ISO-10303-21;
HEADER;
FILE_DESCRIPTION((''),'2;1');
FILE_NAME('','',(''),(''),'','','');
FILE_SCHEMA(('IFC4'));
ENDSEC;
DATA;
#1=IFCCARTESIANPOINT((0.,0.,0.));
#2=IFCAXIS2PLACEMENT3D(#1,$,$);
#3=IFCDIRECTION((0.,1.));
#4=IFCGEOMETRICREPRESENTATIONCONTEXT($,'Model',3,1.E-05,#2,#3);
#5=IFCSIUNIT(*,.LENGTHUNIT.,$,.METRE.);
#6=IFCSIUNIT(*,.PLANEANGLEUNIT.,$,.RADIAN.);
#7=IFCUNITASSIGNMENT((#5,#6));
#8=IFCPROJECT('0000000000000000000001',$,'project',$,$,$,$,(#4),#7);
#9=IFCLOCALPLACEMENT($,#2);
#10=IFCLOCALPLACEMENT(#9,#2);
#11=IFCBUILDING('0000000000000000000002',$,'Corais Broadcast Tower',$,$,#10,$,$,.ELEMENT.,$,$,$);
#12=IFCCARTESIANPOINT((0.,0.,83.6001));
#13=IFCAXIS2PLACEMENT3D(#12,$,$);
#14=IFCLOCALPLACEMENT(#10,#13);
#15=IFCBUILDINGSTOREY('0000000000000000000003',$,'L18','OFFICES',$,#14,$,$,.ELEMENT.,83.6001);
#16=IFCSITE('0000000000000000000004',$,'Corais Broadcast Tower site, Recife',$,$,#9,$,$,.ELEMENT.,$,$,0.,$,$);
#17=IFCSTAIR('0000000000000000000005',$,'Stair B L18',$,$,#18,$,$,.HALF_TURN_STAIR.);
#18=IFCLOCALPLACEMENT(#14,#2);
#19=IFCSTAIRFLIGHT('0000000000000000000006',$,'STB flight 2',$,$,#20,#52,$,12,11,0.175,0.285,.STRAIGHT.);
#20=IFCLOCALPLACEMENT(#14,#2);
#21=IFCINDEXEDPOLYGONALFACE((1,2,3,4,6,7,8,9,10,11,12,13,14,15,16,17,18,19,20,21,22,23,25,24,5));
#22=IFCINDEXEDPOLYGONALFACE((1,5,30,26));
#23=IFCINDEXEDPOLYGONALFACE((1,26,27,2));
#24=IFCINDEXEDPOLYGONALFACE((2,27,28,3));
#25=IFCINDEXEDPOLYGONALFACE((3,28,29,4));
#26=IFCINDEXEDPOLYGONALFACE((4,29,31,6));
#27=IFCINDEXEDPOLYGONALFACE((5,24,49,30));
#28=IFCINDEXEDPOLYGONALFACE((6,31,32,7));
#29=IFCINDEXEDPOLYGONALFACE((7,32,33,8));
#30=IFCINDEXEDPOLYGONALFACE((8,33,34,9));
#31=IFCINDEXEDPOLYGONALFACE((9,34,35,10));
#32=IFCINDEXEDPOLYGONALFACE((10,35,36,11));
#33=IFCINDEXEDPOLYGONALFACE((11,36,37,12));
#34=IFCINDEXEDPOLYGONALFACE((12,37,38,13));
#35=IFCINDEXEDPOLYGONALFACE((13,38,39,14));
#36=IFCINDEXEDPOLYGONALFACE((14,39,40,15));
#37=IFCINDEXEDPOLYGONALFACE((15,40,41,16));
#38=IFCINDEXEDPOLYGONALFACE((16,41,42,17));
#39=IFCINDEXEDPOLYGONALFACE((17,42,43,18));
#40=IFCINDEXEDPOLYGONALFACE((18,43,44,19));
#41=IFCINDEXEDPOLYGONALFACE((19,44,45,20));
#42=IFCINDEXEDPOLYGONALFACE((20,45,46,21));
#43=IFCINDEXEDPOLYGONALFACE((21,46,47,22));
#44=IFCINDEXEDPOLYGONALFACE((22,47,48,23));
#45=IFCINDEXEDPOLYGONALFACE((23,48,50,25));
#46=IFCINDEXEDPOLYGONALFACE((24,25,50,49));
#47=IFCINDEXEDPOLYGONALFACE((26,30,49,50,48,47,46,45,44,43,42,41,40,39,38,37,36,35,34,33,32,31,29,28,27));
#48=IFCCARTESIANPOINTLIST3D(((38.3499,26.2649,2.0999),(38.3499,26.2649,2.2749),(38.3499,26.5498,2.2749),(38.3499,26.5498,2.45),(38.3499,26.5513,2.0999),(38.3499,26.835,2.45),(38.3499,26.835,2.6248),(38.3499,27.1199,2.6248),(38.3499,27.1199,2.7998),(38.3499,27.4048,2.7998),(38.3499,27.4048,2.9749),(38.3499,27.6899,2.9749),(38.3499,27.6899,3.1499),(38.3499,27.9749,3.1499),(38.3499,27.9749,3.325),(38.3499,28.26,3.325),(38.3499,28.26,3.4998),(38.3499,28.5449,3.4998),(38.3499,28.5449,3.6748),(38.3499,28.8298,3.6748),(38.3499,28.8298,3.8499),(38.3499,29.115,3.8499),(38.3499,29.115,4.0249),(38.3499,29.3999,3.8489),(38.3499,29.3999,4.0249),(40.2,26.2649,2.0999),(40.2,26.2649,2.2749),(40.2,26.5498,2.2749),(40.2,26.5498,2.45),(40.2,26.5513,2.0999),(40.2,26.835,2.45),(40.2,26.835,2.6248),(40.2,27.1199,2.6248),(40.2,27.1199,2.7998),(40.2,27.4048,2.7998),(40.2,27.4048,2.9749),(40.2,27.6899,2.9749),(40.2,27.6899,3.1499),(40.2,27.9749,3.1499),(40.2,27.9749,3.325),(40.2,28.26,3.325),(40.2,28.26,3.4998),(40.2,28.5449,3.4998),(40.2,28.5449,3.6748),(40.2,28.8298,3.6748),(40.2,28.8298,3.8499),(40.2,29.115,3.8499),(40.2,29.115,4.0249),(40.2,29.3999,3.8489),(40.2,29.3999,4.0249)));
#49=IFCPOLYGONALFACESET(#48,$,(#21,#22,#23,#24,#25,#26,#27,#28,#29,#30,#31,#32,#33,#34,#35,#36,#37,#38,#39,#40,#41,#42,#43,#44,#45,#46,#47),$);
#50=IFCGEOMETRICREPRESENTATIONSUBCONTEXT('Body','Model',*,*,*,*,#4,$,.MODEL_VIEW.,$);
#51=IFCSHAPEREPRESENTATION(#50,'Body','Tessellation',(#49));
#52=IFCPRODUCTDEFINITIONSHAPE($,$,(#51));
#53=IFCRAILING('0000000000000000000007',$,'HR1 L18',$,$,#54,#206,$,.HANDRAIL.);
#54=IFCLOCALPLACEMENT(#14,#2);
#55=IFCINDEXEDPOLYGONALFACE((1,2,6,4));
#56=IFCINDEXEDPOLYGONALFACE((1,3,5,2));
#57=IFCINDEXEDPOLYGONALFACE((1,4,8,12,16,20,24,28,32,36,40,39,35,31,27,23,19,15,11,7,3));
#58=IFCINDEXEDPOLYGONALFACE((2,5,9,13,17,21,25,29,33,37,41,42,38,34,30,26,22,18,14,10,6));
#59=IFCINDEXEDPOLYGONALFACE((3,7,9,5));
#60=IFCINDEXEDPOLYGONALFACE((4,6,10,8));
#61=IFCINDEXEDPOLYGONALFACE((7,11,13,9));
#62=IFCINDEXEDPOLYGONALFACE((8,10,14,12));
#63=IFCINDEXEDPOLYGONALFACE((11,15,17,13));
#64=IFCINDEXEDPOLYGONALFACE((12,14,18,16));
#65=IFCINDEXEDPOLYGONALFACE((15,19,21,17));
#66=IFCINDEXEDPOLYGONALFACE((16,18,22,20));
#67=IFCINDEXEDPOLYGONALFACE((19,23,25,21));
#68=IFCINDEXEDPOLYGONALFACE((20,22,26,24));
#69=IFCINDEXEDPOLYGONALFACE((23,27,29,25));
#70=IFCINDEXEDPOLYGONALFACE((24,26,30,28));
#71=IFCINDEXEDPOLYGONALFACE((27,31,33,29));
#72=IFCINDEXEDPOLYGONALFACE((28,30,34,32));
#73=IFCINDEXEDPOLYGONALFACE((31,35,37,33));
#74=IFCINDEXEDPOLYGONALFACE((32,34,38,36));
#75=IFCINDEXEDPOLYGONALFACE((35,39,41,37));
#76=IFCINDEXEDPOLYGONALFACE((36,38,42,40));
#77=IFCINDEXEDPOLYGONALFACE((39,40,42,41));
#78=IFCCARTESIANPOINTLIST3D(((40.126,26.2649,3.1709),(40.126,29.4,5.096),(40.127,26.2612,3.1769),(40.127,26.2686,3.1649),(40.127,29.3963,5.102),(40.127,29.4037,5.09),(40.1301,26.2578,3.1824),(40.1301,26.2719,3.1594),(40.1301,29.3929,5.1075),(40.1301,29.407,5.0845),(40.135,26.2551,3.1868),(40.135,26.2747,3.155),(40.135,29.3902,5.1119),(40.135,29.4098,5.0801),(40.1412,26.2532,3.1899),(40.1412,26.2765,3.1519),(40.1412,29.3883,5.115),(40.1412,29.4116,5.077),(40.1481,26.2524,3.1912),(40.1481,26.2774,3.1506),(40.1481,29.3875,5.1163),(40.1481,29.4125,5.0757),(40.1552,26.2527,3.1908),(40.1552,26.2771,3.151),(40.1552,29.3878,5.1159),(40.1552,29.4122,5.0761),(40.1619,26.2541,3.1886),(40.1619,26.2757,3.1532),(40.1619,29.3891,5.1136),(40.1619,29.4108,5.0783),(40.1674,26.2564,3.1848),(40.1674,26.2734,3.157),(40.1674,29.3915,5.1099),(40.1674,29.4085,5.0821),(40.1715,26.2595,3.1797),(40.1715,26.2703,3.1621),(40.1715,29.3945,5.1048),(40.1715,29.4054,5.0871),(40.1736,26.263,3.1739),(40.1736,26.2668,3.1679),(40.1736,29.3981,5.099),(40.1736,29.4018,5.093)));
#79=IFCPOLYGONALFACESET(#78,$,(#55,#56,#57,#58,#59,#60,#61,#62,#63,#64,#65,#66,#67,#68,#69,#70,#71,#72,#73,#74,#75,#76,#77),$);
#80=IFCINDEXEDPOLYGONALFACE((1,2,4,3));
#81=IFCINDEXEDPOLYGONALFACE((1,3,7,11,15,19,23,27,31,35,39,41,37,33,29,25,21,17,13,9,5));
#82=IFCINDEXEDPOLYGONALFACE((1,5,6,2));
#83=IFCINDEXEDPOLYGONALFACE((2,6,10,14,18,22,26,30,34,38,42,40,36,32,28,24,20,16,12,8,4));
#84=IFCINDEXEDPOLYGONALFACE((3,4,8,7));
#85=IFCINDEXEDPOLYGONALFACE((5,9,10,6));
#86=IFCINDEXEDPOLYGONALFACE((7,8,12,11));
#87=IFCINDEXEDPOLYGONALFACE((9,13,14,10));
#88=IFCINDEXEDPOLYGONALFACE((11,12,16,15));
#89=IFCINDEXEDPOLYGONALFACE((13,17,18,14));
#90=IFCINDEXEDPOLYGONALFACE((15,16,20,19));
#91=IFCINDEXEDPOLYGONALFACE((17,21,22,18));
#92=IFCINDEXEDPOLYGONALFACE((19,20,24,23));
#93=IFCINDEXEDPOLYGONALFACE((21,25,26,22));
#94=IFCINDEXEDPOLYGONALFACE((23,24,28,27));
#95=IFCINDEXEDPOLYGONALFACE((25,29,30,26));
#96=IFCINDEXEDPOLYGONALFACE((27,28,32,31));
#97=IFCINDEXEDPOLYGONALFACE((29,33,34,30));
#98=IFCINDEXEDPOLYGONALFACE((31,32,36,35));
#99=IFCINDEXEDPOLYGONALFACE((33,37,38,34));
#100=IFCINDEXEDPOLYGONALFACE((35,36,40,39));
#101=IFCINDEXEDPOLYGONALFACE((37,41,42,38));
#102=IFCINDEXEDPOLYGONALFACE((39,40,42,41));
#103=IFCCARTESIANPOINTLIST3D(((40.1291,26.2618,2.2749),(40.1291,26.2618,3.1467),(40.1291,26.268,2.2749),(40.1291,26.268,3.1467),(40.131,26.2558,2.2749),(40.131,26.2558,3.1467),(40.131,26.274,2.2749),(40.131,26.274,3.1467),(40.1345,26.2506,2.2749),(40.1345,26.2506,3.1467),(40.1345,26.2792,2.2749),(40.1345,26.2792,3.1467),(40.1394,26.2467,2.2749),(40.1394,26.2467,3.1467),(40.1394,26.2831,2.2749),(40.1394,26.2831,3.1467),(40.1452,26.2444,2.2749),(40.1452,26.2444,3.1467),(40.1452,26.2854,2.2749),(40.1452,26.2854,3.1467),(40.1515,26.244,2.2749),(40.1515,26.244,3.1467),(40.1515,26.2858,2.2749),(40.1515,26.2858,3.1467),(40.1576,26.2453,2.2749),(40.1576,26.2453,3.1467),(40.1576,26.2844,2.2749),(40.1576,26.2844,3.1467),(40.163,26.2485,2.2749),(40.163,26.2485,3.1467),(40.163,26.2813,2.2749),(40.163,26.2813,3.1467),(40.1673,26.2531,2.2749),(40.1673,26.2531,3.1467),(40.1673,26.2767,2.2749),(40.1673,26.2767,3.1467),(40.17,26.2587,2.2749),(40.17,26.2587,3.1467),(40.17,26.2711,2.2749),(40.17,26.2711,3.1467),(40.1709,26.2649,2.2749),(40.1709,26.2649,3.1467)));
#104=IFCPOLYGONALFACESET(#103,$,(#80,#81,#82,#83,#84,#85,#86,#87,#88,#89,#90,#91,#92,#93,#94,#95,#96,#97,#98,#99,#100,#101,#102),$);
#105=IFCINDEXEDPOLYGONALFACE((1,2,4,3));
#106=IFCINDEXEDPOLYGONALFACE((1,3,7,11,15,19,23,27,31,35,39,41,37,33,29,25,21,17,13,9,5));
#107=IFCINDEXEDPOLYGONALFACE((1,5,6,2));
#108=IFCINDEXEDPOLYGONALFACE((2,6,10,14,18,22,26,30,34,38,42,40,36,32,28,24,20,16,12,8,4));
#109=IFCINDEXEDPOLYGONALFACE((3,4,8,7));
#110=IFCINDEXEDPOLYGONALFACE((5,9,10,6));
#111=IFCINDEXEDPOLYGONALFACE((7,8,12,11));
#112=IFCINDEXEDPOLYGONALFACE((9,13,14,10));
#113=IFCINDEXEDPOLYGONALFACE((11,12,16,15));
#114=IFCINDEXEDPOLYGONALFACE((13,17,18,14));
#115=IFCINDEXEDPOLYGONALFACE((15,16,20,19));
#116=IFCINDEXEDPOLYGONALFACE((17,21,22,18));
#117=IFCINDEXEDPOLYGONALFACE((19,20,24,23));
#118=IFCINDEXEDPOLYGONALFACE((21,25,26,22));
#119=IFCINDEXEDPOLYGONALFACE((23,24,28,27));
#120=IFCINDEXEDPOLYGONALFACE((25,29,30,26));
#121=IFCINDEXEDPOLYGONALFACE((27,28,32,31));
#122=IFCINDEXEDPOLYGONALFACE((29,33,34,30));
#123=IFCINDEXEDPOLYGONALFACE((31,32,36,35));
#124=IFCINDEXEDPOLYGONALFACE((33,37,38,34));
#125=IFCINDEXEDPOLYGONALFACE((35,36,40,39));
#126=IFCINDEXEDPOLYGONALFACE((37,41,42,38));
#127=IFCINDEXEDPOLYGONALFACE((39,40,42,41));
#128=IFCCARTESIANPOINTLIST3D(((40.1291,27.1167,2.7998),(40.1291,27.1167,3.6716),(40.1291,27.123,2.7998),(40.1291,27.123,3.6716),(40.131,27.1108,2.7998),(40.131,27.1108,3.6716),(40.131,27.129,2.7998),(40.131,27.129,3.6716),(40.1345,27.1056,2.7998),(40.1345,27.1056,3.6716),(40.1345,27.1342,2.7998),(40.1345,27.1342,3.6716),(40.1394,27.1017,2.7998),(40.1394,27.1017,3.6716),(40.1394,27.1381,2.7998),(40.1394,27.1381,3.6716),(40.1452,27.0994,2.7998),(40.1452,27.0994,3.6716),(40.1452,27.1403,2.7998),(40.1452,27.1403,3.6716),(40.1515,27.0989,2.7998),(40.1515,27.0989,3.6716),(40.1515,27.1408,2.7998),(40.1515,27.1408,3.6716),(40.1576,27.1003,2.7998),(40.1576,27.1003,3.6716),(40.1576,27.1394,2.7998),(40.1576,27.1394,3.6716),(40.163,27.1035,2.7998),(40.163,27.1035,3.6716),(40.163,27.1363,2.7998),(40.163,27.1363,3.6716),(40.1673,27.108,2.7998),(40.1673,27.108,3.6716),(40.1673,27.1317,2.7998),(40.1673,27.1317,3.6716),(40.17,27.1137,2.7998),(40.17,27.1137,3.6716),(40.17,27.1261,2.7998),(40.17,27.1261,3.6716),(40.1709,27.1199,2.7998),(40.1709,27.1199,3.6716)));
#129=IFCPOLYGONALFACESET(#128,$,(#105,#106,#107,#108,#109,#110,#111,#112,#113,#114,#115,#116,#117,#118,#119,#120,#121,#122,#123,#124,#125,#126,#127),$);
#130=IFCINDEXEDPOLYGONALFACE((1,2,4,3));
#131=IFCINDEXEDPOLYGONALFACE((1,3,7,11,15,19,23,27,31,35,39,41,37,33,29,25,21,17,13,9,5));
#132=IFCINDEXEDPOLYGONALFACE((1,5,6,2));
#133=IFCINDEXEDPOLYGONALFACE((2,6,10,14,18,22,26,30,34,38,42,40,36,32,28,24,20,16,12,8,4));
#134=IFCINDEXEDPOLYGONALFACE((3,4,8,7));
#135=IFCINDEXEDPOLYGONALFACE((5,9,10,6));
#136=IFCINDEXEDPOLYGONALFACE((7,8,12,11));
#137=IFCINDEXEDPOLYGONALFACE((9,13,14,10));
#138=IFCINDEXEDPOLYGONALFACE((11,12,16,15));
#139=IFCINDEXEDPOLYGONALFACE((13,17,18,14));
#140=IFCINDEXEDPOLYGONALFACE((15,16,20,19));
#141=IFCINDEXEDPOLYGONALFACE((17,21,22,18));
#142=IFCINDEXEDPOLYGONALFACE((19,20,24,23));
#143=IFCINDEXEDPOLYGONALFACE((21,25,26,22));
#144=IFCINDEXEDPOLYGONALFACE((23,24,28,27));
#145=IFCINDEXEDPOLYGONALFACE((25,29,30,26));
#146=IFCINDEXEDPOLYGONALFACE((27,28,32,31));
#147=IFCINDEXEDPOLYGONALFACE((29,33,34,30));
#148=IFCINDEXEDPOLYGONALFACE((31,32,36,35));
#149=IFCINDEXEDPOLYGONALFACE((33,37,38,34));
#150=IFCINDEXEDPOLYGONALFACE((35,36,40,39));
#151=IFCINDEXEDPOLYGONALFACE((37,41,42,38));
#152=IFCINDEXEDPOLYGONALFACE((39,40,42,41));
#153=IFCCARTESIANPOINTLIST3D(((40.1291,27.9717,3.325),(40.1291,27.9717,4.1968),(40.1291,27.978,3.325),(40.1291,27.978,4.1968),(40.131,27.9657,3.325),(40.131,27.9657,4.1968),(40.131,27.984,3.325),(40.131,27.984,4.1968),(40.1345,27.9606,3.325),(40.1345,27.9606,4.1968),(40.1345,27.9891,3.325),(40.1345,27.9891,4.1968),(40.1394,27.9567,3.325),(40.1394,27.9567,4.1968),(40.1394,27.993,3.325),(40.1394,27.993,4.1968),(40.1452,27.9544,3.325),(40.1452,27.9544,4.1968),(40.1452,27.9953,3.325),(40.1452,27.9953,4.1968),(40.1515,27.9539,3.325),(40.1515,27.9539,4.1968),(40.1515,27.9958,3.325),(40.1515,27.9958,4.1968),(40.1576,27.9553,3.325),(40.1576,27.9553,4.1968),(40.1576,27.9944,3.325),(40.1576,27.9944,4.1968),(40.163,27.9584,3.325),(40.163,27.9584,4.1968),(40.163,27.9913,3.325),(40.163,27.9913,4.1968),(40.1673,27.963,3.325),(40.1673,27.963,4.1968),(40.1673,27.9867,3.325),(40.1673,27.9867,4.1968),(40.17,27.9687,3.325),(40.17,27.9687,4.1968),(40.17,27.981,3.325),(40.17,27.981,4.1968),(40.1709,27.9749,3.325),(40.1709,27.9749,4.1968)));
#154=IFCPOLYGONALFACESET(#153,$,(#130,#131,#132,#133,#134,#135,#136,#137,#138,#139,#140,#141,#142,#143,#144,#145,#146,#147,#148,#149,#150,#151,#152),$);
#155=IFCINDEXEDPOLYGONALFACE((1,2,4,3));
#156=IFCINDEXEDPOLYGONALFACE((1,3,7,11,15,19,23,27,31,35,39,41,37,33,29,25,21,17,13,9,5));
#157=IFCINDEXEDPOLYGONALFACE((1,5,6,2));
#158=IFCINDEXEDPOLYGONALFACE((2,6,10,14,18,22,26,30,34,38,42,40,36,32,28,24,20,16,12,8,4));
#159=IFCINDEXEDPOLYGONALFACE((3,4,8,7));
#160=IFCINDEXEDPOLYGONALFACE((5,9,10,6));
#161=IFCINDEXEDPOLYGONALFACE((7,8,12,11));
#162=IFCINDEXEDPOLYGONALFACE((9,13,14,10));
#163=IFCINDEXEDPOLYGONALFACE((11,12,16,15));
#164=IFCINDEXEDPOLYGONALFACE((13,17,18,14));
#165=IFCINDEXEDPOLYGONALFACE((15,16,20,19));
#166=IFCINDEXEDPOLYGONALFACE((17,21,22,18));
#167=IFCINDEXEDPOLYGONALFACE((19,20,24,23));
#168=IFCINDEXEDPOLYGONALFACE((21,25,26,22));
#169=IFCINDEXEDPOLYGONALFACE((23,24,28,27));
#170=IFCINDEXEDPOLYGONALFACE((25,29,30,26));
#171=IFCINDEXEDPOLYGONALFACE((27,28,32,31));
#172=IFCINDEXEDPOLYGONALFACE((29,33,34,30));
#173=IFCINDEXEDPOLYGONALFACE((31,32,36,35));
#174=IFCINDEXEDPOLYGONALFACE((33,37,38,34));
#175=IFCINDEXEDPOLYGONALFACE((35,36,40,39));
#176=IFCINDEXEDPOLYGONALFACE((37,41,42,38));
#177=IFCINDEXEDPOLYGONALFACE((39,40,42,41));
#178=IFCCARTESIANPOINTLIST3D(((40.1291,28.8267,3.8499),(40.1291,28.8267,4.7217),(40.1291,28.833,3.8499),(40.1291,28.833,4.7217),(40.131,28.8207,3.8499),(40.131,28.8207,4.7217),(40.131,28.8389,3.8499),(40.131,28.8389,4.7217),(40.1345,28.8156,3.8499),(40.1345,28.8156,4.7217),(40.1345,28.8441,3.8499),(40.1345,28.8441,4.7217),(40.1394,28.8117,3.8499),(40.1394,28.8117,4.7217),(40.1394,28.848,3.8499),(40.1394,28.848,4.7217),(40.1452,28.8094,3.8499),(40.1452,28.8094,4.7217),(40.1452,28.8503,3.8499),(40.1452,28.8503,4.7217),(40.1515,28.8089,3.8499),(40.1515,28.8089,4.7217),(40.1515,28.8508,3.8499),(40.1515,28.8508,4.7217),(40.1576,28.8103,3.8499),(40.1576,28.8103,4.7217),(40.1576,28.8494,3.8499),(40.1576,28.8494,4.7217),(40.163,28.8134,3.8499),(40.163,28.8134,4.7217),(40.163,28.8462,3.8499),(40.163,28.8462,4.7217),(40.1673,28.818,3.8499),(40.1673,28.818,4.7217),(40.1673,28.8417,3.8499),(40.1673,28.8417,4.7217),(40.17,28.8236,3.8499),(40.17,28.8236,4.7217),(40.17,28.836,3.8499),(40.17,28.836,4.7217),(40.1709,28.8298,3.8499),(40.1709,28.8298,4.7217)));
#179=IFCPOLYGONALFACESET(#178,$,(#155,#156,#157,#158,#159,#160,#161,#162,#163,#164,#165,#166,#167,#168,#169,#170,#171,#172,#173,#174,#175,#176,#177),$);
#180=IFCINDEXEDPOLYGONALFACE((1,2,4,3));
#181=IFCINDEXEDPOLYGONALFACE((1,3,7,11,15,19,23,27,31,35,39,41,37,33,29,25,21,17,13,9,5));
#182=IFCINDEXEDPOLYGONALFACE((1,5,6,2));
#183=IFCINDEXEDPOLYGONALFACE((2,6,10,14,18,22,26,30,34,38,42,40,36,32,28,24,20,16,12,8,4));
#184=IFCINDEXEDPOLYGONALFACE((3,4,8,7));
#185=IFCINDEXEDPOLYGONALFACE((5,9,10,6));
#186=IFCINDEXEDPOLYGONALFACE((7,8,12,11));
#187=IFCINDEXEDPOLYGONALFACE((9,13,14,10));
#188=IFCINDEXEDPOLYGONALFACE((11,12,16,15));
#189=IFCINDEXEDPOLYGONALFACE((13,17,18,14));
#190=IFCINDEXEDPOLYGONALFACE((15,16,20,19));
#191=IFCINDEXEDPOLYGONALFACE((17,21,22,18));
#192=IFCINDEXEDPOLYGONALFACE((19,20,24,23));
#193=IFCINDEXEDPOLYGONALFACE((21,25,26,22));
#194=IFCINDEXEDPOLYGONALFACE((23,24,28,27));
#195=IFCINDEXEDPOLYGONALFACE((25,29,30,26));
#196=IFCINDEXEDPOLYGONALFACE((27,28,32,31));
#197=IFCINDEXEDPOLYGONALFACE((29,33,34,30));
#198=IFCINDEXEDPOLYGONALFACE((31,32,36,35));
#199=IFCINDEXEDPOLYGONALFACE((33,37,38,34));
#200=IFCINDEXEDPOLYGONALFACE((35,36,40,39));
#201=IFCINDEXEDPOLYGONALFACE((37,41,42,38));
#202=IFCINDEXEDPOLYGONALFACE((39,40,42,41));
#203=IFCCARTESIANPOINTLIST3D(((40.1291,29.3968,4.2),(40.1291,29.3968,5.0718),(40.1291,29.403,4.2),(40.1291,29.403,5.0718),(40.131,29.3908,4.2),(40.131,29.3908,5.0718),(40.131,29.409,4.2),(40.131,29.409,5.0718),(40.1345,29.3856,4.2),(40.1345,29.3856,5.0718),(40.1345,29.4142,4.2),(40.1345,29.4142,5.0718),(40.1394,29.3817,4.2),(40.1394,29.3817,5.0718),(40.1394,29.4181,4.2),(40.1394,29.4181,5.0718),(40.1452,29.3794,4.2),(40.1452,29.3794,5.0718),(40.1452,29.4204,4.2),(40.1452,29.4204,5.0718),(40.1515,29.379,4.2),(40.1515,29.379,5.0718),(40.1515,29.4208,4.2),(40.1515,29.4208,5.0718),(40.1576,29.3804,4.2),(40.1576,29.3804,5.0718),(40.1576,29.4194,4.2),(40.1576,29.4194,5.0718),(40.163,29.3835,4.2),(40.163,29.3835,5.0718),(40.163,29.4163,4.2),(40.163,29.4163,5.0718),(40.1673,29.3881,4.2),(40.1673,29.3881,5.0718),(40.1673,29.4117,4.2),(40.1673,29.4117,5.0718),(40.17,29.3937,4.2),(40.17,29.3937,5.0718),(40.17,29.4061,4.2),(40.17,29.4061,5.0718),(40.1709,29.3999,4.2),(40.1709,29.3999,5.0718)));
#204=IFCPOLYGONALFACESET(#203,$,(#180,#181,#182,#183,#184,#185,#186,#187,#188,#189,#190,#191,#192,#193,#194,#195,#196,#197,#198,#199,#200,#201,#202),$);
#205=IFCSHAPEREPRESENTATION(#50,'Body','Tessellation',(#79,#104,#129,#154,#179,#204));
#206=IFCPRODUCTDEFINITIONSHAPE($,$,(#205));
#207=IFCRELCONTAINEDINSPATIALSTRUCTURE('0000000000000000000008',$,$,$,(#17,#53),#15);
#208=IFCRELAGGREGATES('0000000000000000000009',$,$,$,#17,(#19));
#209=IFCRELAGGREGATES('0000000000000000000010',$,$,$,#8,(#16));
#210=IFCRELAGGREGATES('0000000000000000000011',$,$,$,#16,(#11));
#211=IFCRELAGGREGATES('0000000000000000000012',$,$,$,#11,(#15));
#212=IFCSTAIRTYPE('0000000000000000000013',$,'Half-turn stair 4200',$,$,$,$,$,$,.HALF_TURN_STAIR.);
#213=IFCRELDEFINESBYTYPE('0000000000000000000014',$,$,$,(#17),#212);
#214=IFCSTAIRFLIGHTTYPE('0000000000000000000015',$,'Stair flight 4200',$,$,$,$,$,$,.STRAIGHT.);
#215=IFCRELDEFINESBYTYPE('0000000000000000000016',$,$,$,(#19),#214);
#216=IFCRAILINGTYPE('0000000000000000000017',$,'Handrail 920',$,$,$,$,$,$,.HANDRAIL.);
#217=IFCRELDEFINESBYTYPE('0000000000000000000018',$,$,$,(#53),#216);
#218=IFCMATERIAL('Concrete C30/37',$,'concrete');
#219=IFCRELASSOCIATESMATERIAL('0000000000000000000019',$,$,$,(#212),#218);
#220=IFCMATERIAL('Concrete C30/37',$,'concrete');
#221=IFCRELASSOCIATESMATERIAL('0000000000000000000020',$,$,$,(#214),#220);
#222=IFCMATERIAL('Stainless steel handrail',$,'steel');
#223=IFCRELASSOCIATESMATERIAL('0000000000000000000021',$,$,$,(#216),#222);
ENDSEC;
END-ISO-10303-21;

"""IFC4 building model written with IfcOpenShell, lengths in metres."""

from ifc_helpers import new_model, si_unit, direction, frame, origin, origin_2d, place, context, subcontext, project, spatial, polyline, circle, outline, extrude, material, type_object, element, aggregate, save


model = new_model("IFC4")

# Units and contexts
model_context = context("Model", 3, precision=1e-05, world=origin(), true_north=direction((0.0, 1.0)))
body_context = subcontext(model_context, "Body", "Model", "MODEL_VIEW")
ifc_project = project(units=[si_unit("LENGTHUNIT", "METRE"), si_unit("PLANEANGLEUNIT", "RADIAN")], contexts=[model_context])

# Site, building, storey
site_placement = place(None, origin())
site = spatial("IfcSite", under=ifc_project, at=site_placement, Name="Corais Broadcast Tower site, Recife", CompositionType="ELEMENT", RefElevation=0.0)
building_placement = place(site_placement, origin())
building = spatial("IfcBuilding", under=site, at=building_placement, Name="Corais Broadcast Tower", CompositionType="ELEMENT")
storey_placement = place(building_placement, frame((0.0, 0.0, 83.6001)))
storey = spatial("IfcBuildingStorey", under=building, at=storey_placement, Name="L18", Description="OFFICES", CompositionType="ELEMENT", Elevation=83.6001)

# Stair, stair flight
ifc_material_1 = material(Name="Concrete C30/37", Category="concrete")
stair_type = type_object("IfcStairType", Name="Half-turn stair 4200", PredefinedType="HALF_TURN_STAIR", material=ifc_material_1)
stair_placement = place(storey_placement, origin())
stair = element("IfcStair", 1, at=stair_placement, inside=storey, type_object=stair_type, Name="Stair B L18", PredefinedType="HALF_TURN_STAIR")
ifc_material_2 = material(Name="Concrete C30/37", Category="concrete")
stair_flight_type = type_object("IfcStairFlightType", Name="Stair flight 4200", PredefinedType="STRAIGHT", material=ifc_material_2)
stair_flight_placement = place(storey_placement, frame((39.2749, 26.2649, 2.0999), z_axis=(0.0, 0.0, 1.0), x_axis=(0.0, 1.0, 0.0)))
stair_flight = element("IfcStairFlight", 2, at=stair_flight_placement, type_object=stair_flight_type, Name="STB flight 2", NumberOfRisers=12, NumberOfTreads=11, PredefinedType="STRAIGHT", RiserHeight=0.175, TreadLength=0.285, context=body_context, shape_type="SweptSolid", body=[
    extrude(outline(polyline([(0.0, 0.0), (0.0, 0.175), (0.2849, 0.175), (0.2849, 0.3501), (0.5701, 0.3501), (0.5701, 0.5249), (0.855, 0.5249), (0.855, 0.7), (1.1399, 0.7), (1.1399, 0.875), (1.425, 0.875), (1.425, 1.05), (1.71, 1.05), (1.71, 1.2251), (1.9951, 1.2251), (1.9951, 1.3999), (2.28, 1.3999), (2.28, 1.575), (2.5649, 1.575), (2.5649, 1.75), (2.8501, 1.75), (2.8501, 1.925), (3.135, 1.925), (3.135, 2.1001), (3.135, 1.749), (0.2864, 0.0), (0.0, 0.0)])), frame((0.0, 0.925, 0.0), z_axis=(0.0, -1.0, 0.0), x_axis=(1.0, 0.0, 0.0)), (0.0, 0.0, 1.0), 1.8501),
])
aggregate(stair, [stair_flight])

# Railing
ifc_material_3 = material(Name="Stainless steel handrail", Category="steel")
railing_type = type_object("IfcRailingType", Name="Handrail 920", PredefinedType="HANDRAIL", material=ifc_material_3)
for number, where, name in (
    (3, (40.1499, 26.2649, 2.2749), "HR1 L18"),
):
    element("IfcRailing", number, at=place(storey_placement, frame(where)), inside=storey, type_object=railing_type, Name=name, PredefinedType="HANDRAIL", context=body_context, shape_type="SweptSolid", body=[
        extrude(circle(Radius=0.0239, at=origin_2d()), frame((0.0, 0.0, 0.896), z_axis=(0.0, 0.852166, 0.523271), x_axis=(-1.0, 0.0, 0.0)), (0.0, 0.0, 1.0), 3.679),
        extrude(circle(Radius=0.021, at=origin_2d()), origin(), (0.0, 0.0, 1.0), 0.8718),
        extrude(circle(Radius=0.021, at=origin_2d()), frame((0.0, 0.855, 0.5249)), (0.0, 0.0, 1.0), 0.8718),
        extrude(circle(Radius=0.021, at=origin_2d()), frame((0.0, 1.71, 1.05)), (0.0, 0.0, 1.0), 0.8718),
        extrude(circle(Radius=0.021, at=origin_2d()), frame((0.0, 2.5649, 1.575)), (0.0, 0.0, 1.0), 0.8718),
        extrude(circle(Radius=0.021, at=origin_2d()), frame((0.0, 3.135, 1.925)), (0.0, 0.0, 1.0), 0.8718),
    ])

save(model, "model.ifc")
